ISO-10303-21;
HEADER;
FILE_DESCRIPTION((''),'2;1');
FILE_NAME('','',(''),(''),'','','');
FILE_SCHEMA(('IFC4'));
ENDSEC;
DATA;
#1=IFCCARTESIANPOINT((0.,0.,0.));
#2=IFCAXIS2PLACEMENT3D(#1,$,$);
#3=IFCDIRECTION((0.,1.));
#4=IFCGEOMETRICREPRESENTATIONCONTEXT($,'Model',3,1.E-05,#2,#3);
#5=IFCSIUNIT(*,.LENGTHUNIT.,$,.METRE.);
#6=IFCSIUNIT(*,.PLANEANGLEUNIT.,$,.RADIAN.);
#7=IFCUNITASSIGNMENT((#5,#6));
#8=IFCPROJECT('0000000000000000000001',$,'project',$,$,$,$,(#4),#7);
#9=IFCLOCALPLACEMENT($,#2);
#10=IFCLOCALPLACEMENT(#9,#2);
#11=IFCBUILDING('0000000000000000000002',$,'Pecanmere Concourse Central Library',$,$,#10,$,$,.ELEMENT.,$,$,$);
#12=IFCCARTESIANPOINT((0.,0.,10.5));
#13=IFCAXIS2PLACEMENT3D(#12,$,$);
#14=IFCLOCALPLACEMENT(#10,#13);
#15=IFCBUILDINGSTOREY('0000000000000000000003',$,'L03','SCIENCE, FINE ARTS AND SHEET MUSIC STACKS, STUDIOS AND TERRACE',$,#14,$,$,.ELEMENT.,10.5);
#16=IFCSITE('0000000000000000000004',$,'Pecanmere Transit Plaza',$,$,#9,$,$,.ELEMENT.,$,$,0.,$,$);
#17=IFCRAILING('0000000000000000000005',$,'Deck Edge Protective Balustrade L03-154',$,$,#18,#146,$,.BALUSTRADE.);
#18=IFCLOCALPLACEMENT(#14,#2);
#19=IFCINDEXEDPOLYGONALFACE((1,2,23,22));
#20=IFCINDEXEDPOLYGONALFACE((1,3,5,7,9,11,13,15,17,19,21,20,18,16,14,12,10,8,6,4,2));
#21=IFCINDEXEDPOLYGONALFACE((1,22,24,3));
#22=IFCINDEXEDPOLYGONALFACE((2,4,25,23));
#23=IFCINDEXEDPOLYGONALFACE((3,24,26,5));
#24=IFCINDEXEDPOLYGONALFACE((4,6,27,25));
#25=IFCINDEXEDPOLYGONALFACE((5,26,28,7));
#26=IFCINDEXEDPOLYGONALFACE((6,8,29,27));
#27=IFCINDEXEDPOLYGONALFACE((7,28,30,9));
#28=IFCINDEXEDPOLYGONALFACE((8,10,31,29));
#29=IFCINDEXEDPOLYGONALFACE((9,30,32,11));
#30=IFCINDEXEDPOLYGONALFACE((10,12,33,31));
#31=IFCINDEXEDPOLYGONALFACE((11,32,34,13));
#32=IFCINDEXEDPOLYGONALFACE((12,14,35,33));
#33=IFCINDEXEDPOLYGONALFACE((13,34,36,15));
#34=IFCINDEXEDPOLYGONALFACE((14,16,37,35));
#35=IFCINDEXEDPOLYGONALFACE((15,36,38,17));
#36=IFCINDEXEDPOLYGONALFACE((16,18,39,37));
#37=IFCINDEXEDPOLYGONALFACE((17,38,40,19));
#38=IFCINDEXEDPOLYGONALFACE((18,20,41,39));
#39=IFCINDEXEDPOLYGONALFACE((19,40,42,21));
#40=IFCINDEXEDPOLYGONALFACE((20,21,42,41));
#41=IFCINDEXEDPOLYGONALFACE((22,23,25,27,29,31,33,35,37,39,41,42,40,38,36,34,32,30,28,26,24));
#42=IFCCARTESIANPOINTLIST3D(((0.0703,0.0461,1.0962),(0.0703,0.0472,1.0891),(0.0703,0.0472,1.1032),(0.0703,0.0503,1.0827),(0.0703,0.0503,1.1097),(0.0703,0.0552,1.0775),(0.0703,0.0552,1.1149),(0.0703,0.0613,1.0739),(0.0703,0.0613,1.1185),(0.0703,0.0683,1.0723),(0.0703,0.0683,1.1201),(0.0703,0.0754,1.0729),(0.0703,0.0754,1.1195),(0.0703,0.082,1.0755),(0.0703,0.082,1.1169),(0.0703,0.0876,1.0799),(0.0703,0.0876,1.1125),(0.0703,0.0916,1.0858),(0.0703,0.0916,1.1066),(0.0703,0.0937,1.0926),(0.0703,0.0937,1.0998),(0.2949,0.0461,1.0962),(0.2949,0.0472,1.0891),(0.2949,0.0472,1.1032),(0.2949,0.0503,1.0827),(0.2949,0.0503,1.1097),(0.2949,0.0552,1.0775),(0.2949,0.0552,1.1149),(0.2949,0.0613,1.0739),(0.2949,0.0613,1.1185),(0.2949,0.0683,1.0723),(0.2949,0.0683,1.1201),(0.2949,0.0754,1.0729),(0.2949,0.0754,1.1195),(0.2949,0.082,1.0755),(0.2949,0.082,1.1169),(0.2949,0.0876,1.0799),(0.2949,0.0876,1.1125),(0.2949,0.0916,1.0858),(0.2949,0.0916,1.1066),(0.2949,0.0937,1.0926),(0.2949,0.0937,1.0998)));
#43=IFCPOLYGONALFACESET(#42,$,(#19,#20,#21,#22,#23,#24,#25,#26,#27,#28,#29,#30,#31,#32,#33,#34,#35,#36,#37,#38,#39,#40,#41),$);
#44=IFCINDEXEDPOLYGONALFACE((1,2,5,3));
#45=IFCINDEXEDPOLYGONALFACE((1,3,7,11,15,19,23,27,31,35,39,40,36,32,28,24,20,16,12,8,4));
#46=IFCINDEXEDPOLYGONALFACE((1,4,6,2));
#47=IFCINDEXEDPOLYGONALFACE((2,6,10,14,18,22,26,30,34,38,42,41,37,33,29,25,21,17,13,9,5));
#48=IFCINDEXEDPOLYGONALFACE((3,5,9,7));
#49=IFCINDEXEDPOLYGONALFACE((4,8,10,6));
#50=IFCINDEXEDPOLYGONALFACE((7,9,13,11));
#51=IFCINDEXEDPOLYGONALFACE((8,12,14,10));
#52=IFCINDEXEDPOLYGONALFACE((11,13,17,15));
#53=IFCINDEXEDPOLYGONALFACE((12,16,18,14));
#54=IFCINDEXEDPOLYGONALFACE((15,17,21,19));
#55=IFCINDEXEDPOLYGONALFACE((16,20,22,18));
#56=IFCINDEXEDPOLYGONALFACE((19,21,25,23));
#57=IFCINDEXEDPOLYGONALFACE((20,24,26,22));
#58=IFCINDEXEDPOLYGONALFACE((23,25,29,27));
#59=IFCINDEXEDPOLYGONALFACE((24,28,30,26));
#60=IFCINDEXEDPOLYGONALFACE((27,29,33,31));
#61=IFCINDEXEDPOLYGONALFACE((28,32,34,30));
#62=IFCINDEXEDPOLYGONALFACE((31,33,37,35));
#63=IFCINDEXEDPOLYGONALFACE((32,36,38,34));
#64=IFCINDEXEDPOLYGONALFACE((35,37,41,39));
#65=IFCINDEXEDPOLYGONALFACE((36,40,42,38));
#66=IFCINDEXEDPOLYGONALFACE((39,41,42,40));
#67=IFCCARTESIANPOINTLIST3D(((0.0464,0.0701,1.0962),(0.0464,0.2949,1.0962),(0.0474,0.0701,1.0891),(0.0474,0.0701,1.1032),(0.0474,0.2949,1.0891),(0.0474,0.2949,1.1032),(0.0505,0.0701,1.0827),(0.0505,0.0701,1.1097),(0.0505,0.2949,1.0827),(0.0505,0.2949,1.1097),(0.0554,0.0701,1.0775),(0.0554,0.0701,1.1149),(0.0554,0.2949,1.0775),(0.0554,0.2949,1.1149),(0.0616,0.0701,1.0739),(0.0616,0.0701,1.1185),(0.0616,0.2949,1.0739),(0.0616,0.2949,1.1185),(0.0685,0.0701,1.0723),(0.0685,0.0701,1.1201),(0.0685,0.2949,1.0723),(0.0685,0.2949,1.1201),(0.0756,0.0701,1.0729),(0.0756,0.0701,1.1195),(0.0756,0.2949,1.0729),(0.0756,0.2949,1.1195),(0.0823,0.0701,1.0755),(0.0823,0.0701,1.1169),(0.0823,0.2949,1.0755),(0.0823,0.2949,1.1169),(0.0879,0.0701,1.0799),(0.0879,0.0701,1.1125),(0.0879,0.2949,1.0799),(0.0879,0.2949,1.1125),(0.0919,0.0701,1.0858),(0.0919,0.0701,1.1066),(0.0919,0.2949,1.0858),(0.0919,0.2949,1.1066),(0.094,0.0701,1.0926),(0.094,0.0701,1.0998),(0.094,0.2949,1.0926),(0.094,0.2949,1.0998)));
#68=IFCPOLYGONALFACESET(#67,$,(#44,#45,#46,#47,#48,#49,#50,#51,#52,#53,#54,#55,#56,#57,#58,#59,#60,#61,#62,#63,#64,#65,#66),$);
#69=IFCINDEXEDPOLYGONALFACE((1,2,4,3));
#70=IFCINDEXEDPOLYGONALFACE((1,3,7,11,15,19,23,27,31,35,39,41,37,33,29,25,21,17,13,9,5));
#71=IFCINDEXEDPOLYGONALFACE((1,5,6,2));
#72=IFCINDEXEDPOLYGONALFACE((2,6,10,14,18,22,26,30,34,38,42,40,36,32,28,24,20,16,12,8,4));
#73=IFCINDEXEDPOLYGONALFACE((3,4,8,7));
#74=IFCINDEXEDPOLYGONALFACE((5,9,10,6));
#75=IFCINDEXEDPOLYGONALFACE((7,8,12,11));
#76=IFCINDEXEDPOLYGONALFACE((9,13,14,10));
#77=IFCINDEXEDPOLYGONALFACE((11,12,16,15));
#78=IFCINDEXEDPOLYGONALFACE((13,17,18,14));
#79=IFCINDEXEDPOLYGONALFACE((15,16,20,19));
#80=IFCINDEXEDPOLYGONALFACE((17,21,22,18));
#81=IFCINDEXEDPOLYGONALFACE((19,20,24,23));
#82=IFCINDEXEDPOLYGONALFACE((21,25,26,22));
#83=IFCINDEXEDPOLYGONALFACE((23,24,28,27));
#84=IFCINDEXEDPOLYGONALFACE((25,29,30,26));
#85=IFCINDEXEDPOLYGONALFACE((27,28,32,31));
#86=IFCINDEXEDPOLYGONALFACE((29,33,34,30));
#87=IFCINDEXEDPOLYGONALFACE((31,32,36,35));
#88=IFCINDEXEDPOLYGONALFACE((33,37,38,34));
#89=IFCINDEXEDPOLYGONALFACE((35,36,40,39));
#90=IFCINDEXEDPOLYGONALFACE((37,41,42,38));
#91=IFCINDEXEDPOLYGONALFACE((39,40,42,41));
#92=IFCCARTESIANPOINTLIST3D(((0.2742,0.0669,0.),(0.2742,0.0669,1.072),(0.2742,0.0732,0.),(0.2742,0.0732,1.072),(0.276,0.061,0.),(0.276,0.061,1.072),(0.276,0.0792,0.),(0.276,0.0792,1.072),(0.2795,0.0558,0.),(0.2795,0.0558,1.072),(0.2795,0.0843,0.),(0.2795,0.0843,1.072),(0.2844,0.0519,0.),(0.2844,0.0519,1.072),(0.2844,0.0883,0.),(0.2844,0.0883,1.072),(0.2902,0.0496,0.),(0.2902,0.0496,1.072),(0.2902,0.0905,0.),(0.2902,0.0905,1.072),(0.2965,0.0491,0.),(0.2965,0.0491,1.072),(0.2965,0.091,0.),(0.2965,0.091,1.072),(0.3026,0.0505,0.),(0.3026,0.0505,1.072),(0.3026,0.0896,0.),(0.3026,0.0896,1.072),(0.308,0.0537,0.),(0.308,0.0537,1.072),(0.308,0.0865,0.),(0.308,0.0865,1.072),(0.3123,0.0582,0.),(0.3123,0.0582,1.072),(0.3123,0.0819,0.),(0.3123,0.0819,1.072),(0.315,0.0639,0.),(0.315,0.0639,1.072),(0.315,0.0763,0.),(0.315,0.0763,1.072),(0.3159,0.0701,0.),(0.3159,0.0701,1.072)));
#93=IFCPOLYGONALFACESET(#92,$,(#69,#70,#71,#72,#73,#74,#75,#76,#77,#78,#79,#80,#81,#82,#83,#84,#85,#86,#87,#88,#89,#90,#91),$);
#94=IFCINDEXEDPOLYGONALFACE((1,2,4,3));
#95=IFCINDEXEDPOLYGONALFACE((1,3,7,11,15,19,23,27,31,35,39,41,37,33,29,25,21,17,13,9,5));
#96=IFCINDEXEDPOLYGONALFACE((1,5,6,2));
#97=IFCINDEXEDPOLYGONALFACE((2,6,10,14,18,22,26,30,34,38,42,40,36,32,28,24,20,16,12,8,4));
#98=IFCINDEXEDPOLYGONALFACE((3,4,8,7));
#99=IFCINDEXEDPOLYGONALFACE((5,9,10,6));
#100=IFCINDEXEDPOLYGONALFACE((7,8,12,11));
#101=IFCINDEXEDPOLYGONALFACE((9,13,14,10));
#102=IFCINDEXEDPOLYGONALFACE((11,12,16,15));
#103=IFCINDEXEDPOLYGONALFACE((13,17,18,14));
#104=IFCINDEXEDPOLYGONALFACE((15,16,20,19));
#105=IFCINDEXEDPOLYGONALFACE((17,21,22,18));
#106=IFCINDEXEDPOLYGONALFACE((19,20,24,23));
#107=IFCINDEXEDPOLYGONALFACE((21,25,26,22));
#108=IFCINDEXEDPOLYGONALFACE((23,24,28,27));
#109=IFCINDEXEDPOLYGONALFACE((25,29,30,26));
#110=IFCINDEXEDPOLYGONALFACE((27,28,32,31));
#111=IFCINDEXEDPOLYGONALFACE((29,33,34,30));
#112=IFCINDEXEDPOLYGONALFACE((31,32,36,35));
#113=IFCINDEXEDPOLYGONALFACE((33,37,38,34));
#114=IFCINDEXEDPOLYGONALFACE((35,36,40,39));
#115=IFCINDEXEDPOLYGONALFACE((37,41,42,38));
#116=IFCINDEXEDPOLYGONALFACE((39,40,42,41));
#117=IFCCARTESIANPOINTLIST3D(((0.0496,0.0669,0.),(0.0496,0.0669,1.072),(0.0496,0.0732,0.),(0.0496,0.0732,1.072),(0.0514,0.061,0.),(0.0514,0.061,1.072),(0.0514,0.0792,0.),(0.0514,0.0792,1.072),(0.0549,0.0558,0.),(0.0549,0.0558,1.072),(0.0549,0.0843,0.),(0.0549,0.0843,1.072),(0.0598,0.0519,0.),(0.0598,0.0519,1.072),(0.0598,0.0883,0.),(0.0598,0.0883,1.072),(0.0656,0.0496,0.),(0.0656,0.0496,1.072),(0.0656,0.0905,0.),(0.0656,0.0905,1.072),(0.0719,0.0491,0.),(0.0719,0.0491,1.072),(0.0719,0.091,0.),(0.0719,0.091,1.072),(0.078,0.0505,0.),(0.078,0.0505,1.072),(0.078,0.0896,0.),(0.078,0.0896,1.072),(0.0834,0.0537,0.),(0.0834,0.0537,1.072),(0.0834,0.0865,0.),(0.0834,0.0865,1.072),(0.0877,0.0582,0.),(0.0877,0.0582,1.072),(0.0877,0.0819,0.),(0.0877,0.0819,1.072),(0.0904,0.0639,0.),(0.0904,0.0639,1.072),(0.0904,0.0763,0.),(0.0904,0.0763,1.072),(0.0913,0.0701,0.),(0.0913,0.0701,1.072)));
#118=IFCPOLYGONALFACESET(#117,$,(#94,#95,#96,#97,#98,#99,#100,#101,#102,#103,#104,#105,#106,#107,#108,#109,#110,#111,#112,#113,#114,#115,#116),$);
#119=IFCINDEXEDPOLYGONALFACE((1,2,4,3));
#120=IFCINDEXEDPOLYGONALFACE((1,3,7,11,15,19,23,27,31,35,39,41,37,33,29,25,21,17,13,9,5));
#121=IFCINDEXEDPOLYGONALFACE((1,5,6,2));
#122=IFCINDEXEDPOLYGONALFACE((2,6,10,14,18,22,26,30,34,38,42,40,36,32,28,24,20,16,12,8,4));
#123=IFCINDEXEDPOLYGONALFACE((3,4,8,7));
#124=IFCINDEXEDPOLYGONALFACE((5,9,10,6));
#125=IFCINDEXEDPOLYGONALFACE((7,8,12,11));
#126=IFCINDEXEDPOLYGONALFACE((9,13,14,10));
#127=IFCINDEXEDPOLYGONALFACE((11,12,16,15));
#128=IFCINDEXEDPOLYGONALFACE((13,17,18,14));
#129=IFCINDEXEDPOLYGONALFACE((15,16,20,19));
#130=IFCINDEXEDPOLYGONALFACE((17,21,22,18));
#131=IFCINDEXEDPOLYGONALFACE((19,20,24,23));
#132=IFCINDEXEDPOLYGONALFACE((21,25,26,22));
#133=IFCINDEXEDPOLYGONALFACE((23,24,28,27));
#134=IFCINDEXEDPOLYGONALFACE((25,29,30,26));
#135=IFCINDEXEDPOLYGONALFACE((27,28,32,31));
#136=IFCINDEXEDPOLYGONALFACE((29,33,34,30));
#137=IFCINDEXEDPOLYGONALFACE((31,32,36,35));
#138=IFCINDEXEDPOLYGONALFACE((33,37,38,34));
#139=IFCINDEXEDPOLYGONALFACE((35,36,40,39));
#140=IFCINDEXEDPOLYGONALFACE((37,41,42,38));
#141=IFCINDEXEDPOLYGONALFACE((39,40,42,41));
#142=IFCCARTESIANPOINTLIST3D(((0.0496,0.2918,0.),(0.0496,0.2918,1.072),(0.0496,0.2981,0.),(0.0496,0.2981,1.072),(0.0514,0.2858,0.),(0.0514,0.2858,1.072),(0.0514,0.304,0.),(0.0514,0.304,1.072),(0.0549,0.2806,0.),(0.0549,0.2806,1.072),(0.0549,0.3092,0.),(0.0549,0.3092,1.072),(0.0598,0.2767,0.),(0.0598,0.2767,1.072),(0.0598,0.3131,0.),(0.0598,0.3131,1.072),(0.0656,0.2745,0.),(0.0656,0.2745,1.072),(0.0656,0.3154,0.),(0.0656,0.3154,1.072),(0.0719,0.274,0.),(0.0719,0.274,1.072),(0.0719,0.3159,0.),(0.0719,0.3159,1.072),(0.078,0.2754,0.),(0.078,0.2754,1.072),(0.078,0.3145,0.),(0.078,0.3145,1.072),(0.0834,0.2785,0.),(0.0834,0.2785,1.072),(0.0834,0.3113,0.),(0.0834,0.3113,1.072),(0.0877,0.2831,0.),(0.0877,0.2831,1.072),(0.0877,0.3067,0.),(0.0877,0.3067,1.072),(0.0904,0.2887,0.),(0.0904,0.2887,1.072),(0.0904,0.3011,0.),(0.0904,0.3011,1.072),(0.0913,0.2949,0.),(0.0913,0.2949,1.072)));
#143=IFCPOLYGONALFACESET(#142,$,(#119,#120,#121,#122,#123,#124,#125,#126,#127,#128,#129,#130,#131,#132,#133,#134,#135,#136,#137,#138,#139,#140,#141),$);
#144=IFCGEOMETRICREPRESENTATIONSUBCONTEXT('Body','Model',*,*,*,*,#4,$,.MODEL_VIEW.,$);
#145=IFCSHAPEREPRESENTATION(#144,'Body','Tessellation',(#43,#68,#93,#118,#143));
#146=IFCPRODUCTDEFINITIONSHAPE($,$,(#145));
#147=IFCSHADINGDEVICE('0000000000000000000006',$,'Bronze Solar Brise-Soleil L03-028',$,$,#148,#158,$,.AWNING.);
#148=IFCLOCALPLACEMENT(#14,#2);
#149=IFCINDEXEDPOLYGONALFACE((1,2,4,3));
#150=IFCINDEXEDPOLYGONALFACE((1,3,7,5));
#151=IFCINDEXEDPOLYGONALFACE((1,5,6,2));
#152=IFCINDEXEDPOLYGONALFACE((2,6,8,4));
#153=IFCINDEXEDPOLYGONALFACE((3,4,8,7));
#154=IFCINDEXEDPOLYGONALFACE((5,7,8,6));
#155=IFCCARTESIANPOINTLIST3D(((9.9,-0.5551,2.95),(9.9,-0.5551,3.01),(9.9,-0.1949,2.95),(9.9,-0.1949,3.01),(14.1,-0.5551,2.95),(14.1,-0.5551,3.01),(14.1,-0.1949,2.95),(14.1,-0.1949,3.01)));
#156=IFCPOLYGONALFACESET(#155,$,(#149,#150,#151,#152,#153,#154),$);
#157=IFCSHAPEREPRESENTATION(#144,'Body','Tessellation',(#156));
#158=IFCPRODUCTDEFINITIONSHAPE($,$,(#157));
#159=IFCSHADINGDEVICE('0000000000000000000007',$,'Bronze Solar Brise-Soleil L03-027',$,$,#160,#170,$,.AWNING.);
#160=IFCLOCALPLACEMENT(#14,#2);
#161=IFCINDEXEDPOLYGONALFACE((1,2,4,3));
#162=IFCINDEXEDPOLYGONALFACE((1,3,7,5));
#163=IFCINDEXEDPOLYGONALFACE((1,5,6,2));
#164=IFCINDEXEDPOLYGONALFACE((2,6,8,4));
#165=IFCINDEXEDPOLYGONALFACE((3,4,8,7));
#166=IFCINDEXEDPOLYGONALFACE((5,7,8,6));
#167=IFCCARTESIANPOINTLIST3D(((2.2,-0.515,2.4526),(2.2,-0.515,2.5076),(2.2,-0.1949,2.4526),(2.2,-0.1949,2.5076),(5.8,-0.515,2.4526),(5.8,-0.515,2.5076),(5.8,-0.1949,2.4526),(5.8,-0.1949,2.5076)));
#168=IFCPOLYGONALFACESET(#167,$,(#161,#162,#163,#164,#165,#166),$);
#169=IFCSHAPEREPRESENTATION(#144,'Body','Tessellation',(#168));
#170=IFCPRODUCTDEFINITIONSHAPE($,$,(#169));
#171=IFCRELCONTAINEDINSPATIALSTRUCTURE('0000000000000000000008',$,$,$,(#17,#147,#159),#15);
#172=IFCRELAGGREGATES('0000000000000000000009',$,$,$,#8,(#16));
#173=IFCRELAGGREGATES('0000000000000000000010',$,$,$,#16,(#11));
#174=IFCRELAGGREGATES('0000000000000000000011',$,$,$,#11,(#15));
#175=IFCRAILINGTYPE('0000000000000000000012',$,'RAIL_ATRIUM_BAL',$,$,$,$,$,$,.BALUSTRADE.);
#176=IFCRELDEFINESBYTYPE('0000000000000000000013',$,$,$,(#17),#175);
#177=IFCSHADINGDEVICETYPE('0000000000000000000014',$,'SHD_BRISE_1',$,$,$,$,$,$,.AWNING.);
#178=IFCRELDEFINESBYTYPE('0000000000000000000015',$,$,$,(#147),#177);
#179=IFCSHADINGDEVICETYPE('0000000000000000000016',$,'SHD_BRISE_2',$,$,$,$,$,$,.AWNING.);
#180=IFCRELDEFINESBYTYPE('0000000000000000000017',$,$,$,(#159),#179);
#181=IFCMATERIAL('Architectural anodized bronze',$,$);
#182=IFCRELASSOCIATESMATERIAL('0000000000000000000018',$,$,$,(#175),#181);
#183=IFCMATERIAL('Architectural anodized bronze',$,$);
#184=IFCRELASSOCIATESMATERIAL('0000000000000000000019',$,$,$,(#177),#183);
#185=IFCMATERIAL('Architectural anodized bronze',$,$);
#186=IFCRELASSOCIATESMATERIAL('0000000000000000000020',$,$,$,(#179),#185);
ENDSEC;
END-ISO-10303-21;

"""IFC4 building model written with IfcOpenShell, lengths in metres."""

from ifc_helpers import new_model, si_unit, direction, frame, origin, origin_2d, place, context, subcontext, project, spatial, rectangle, circle, extrude, material, type_object, element, save


model = new_model("IFC4")

# Units and contexts
model_context = context("Model", 3, precision=1e-05, world=origin(), true_north=direction((0.0, 1.0)))
body_context = subcontext(model_context, "Body", "Model", "MODEL_VIEW")
ifc_project = project(units=[si_unit("LENGTHUNIT", "METRE"), si_unit("PLANEANGLEUNIT", "RADIAN")], contexts=[model_context])

# Site, building, storey
site_placement = place(None, origin())
site = spatial("IfcSite", under=ifc_project, at=site_placement, Name="Pecanmere Transit Plaza", CompositionType="ELEMENT", RefElevation=0.0)
building_placement = place(site_placement, origin())
building = spatial("IfcBuilding", under=site, at=building_placement, Name="Pecanmere Concourse Central Library", CompositionType="ELEMENT")
storey_placement = place(building_placement, frame((0.0, 0.0, 10.5)))
storey = spatial("IfcBuildingStorey", under=building, at=storey_placement, Name="L03", Description="SCIENCE, FINE ARTS AND SHEET MUSIC STACKS, STUDIOS AND TERRACE", CompositionType="ELEMENT", Elevation=10.5)

# Railing
ifc_material_1 = material(Name="Architectural anodized bronze")
railing_type = type_object("IfcRailingType", Name="RAIL_ATRIUM_BAL", PredefinedType="BALUSTRADE", material=ifc_material_1)
railing_placement = place(storey_placement, frame((0.2949, 0.0701, 0.0)))
element("IfcRailing", 1, at=railing_placement, inside=storey, type_object=railing_type, Name="Deck Edge Protective Balustrade L03-154", PredefinedType="BALUSTRADE", context=body_context, shape_type="SweptSolid", body=[
    extrude(circle(Radius=0.0239, at=origin_2d()), frame((0.0, 0.0, 1.0962), z_axis=(-1.0, 0.0, 0.0), x_axis=(0.0, -1.0, 0.0)), (0.0, 0.0, 1.0), 0.2246),
    extrude(circle(Radius=0.0239, at=origin_2d()), frame((-0.2246, 0.0, 1.0962), z_axis=(0.0, 1.0, 0.0), x_axis=(-1.0, 0.0, 0.0)), (0.0, 0.0, 1.0), 0.2249),
    extrude(circle(Radius=0.021, at=origin_2d()), origin(), (0.0, 0.0, 1.0), 1.072),
    extrude(circle(Radius=0.021, at=origin_2d()), frame((-0.2246, 0.0, 0.0)), (0.0, 0.0, 1.0), 1.072),
    extrude(circle(Radius=0.021, at=origin_2d()), frame((-0.2246, 0.2249, 0.0)), (0.0, 0.0, 1.0), 1.072),
])

# Shading devices
ifc_material_2 = material(Name="Architectural anodized bronze")
shading_device_type_1 = type_object("IfcShadingDeviceType", Name="SHD_BRISE_1", PredefinedType="AWNING", material=ifc_material_2)
shading_device_1_placement = place(storey_placement, frame((12.0, -0.375, 2.95), z_axis=(0.0, 0.0, 1.0), x_axis=(1.0, 0.0, 0.0)))
element("IfcShadingDevice", 2, at=shading_device_1_placement, inside=storey, type_object=shading_device_type_1, Name="Bronze Solar Brise-Soleil L03-028", PredefinedType="AWNING", context=body_context, shape_type="SweptSolid", body=[
    extrude(rectangle(XDim=4.2, YDim=0.3601, at=origin_2d()), origin(), (0.0, 0.0, 1.0), 0.0601),
])
ifc_material_3 = material(Name="Architectural anodized bronze")
shading_device_type_2 = type_object("IfcShadingDeviceType", Name="SHD_BRISE_2", PredefinedType="AWNING", material=ifc_material_3)
shading_device_2_placement = place(storey_placement, frame((4.0, -0.355, 2.4526), z_axis=(0.0, 0.0, 1.0), x_axis=(1.0, 0.0, 0.0)))
element("IfcShadingDevice", 3, at=shading_device_2_placement, inside=storey, type_object=shading_device_type_2, Name="Bronze Solar Brise-Soleil L03-027", PredefinedType="AWNING", context=body_context, shape_type="SweptSolid", body=[
    extrude(rectangle(XDim=3.6001, YDim=0.3201, at=origin_2d()), origin(), (0.0, 0.0, 1.0), 0.0549),
])

save(model, "model.ifc")
